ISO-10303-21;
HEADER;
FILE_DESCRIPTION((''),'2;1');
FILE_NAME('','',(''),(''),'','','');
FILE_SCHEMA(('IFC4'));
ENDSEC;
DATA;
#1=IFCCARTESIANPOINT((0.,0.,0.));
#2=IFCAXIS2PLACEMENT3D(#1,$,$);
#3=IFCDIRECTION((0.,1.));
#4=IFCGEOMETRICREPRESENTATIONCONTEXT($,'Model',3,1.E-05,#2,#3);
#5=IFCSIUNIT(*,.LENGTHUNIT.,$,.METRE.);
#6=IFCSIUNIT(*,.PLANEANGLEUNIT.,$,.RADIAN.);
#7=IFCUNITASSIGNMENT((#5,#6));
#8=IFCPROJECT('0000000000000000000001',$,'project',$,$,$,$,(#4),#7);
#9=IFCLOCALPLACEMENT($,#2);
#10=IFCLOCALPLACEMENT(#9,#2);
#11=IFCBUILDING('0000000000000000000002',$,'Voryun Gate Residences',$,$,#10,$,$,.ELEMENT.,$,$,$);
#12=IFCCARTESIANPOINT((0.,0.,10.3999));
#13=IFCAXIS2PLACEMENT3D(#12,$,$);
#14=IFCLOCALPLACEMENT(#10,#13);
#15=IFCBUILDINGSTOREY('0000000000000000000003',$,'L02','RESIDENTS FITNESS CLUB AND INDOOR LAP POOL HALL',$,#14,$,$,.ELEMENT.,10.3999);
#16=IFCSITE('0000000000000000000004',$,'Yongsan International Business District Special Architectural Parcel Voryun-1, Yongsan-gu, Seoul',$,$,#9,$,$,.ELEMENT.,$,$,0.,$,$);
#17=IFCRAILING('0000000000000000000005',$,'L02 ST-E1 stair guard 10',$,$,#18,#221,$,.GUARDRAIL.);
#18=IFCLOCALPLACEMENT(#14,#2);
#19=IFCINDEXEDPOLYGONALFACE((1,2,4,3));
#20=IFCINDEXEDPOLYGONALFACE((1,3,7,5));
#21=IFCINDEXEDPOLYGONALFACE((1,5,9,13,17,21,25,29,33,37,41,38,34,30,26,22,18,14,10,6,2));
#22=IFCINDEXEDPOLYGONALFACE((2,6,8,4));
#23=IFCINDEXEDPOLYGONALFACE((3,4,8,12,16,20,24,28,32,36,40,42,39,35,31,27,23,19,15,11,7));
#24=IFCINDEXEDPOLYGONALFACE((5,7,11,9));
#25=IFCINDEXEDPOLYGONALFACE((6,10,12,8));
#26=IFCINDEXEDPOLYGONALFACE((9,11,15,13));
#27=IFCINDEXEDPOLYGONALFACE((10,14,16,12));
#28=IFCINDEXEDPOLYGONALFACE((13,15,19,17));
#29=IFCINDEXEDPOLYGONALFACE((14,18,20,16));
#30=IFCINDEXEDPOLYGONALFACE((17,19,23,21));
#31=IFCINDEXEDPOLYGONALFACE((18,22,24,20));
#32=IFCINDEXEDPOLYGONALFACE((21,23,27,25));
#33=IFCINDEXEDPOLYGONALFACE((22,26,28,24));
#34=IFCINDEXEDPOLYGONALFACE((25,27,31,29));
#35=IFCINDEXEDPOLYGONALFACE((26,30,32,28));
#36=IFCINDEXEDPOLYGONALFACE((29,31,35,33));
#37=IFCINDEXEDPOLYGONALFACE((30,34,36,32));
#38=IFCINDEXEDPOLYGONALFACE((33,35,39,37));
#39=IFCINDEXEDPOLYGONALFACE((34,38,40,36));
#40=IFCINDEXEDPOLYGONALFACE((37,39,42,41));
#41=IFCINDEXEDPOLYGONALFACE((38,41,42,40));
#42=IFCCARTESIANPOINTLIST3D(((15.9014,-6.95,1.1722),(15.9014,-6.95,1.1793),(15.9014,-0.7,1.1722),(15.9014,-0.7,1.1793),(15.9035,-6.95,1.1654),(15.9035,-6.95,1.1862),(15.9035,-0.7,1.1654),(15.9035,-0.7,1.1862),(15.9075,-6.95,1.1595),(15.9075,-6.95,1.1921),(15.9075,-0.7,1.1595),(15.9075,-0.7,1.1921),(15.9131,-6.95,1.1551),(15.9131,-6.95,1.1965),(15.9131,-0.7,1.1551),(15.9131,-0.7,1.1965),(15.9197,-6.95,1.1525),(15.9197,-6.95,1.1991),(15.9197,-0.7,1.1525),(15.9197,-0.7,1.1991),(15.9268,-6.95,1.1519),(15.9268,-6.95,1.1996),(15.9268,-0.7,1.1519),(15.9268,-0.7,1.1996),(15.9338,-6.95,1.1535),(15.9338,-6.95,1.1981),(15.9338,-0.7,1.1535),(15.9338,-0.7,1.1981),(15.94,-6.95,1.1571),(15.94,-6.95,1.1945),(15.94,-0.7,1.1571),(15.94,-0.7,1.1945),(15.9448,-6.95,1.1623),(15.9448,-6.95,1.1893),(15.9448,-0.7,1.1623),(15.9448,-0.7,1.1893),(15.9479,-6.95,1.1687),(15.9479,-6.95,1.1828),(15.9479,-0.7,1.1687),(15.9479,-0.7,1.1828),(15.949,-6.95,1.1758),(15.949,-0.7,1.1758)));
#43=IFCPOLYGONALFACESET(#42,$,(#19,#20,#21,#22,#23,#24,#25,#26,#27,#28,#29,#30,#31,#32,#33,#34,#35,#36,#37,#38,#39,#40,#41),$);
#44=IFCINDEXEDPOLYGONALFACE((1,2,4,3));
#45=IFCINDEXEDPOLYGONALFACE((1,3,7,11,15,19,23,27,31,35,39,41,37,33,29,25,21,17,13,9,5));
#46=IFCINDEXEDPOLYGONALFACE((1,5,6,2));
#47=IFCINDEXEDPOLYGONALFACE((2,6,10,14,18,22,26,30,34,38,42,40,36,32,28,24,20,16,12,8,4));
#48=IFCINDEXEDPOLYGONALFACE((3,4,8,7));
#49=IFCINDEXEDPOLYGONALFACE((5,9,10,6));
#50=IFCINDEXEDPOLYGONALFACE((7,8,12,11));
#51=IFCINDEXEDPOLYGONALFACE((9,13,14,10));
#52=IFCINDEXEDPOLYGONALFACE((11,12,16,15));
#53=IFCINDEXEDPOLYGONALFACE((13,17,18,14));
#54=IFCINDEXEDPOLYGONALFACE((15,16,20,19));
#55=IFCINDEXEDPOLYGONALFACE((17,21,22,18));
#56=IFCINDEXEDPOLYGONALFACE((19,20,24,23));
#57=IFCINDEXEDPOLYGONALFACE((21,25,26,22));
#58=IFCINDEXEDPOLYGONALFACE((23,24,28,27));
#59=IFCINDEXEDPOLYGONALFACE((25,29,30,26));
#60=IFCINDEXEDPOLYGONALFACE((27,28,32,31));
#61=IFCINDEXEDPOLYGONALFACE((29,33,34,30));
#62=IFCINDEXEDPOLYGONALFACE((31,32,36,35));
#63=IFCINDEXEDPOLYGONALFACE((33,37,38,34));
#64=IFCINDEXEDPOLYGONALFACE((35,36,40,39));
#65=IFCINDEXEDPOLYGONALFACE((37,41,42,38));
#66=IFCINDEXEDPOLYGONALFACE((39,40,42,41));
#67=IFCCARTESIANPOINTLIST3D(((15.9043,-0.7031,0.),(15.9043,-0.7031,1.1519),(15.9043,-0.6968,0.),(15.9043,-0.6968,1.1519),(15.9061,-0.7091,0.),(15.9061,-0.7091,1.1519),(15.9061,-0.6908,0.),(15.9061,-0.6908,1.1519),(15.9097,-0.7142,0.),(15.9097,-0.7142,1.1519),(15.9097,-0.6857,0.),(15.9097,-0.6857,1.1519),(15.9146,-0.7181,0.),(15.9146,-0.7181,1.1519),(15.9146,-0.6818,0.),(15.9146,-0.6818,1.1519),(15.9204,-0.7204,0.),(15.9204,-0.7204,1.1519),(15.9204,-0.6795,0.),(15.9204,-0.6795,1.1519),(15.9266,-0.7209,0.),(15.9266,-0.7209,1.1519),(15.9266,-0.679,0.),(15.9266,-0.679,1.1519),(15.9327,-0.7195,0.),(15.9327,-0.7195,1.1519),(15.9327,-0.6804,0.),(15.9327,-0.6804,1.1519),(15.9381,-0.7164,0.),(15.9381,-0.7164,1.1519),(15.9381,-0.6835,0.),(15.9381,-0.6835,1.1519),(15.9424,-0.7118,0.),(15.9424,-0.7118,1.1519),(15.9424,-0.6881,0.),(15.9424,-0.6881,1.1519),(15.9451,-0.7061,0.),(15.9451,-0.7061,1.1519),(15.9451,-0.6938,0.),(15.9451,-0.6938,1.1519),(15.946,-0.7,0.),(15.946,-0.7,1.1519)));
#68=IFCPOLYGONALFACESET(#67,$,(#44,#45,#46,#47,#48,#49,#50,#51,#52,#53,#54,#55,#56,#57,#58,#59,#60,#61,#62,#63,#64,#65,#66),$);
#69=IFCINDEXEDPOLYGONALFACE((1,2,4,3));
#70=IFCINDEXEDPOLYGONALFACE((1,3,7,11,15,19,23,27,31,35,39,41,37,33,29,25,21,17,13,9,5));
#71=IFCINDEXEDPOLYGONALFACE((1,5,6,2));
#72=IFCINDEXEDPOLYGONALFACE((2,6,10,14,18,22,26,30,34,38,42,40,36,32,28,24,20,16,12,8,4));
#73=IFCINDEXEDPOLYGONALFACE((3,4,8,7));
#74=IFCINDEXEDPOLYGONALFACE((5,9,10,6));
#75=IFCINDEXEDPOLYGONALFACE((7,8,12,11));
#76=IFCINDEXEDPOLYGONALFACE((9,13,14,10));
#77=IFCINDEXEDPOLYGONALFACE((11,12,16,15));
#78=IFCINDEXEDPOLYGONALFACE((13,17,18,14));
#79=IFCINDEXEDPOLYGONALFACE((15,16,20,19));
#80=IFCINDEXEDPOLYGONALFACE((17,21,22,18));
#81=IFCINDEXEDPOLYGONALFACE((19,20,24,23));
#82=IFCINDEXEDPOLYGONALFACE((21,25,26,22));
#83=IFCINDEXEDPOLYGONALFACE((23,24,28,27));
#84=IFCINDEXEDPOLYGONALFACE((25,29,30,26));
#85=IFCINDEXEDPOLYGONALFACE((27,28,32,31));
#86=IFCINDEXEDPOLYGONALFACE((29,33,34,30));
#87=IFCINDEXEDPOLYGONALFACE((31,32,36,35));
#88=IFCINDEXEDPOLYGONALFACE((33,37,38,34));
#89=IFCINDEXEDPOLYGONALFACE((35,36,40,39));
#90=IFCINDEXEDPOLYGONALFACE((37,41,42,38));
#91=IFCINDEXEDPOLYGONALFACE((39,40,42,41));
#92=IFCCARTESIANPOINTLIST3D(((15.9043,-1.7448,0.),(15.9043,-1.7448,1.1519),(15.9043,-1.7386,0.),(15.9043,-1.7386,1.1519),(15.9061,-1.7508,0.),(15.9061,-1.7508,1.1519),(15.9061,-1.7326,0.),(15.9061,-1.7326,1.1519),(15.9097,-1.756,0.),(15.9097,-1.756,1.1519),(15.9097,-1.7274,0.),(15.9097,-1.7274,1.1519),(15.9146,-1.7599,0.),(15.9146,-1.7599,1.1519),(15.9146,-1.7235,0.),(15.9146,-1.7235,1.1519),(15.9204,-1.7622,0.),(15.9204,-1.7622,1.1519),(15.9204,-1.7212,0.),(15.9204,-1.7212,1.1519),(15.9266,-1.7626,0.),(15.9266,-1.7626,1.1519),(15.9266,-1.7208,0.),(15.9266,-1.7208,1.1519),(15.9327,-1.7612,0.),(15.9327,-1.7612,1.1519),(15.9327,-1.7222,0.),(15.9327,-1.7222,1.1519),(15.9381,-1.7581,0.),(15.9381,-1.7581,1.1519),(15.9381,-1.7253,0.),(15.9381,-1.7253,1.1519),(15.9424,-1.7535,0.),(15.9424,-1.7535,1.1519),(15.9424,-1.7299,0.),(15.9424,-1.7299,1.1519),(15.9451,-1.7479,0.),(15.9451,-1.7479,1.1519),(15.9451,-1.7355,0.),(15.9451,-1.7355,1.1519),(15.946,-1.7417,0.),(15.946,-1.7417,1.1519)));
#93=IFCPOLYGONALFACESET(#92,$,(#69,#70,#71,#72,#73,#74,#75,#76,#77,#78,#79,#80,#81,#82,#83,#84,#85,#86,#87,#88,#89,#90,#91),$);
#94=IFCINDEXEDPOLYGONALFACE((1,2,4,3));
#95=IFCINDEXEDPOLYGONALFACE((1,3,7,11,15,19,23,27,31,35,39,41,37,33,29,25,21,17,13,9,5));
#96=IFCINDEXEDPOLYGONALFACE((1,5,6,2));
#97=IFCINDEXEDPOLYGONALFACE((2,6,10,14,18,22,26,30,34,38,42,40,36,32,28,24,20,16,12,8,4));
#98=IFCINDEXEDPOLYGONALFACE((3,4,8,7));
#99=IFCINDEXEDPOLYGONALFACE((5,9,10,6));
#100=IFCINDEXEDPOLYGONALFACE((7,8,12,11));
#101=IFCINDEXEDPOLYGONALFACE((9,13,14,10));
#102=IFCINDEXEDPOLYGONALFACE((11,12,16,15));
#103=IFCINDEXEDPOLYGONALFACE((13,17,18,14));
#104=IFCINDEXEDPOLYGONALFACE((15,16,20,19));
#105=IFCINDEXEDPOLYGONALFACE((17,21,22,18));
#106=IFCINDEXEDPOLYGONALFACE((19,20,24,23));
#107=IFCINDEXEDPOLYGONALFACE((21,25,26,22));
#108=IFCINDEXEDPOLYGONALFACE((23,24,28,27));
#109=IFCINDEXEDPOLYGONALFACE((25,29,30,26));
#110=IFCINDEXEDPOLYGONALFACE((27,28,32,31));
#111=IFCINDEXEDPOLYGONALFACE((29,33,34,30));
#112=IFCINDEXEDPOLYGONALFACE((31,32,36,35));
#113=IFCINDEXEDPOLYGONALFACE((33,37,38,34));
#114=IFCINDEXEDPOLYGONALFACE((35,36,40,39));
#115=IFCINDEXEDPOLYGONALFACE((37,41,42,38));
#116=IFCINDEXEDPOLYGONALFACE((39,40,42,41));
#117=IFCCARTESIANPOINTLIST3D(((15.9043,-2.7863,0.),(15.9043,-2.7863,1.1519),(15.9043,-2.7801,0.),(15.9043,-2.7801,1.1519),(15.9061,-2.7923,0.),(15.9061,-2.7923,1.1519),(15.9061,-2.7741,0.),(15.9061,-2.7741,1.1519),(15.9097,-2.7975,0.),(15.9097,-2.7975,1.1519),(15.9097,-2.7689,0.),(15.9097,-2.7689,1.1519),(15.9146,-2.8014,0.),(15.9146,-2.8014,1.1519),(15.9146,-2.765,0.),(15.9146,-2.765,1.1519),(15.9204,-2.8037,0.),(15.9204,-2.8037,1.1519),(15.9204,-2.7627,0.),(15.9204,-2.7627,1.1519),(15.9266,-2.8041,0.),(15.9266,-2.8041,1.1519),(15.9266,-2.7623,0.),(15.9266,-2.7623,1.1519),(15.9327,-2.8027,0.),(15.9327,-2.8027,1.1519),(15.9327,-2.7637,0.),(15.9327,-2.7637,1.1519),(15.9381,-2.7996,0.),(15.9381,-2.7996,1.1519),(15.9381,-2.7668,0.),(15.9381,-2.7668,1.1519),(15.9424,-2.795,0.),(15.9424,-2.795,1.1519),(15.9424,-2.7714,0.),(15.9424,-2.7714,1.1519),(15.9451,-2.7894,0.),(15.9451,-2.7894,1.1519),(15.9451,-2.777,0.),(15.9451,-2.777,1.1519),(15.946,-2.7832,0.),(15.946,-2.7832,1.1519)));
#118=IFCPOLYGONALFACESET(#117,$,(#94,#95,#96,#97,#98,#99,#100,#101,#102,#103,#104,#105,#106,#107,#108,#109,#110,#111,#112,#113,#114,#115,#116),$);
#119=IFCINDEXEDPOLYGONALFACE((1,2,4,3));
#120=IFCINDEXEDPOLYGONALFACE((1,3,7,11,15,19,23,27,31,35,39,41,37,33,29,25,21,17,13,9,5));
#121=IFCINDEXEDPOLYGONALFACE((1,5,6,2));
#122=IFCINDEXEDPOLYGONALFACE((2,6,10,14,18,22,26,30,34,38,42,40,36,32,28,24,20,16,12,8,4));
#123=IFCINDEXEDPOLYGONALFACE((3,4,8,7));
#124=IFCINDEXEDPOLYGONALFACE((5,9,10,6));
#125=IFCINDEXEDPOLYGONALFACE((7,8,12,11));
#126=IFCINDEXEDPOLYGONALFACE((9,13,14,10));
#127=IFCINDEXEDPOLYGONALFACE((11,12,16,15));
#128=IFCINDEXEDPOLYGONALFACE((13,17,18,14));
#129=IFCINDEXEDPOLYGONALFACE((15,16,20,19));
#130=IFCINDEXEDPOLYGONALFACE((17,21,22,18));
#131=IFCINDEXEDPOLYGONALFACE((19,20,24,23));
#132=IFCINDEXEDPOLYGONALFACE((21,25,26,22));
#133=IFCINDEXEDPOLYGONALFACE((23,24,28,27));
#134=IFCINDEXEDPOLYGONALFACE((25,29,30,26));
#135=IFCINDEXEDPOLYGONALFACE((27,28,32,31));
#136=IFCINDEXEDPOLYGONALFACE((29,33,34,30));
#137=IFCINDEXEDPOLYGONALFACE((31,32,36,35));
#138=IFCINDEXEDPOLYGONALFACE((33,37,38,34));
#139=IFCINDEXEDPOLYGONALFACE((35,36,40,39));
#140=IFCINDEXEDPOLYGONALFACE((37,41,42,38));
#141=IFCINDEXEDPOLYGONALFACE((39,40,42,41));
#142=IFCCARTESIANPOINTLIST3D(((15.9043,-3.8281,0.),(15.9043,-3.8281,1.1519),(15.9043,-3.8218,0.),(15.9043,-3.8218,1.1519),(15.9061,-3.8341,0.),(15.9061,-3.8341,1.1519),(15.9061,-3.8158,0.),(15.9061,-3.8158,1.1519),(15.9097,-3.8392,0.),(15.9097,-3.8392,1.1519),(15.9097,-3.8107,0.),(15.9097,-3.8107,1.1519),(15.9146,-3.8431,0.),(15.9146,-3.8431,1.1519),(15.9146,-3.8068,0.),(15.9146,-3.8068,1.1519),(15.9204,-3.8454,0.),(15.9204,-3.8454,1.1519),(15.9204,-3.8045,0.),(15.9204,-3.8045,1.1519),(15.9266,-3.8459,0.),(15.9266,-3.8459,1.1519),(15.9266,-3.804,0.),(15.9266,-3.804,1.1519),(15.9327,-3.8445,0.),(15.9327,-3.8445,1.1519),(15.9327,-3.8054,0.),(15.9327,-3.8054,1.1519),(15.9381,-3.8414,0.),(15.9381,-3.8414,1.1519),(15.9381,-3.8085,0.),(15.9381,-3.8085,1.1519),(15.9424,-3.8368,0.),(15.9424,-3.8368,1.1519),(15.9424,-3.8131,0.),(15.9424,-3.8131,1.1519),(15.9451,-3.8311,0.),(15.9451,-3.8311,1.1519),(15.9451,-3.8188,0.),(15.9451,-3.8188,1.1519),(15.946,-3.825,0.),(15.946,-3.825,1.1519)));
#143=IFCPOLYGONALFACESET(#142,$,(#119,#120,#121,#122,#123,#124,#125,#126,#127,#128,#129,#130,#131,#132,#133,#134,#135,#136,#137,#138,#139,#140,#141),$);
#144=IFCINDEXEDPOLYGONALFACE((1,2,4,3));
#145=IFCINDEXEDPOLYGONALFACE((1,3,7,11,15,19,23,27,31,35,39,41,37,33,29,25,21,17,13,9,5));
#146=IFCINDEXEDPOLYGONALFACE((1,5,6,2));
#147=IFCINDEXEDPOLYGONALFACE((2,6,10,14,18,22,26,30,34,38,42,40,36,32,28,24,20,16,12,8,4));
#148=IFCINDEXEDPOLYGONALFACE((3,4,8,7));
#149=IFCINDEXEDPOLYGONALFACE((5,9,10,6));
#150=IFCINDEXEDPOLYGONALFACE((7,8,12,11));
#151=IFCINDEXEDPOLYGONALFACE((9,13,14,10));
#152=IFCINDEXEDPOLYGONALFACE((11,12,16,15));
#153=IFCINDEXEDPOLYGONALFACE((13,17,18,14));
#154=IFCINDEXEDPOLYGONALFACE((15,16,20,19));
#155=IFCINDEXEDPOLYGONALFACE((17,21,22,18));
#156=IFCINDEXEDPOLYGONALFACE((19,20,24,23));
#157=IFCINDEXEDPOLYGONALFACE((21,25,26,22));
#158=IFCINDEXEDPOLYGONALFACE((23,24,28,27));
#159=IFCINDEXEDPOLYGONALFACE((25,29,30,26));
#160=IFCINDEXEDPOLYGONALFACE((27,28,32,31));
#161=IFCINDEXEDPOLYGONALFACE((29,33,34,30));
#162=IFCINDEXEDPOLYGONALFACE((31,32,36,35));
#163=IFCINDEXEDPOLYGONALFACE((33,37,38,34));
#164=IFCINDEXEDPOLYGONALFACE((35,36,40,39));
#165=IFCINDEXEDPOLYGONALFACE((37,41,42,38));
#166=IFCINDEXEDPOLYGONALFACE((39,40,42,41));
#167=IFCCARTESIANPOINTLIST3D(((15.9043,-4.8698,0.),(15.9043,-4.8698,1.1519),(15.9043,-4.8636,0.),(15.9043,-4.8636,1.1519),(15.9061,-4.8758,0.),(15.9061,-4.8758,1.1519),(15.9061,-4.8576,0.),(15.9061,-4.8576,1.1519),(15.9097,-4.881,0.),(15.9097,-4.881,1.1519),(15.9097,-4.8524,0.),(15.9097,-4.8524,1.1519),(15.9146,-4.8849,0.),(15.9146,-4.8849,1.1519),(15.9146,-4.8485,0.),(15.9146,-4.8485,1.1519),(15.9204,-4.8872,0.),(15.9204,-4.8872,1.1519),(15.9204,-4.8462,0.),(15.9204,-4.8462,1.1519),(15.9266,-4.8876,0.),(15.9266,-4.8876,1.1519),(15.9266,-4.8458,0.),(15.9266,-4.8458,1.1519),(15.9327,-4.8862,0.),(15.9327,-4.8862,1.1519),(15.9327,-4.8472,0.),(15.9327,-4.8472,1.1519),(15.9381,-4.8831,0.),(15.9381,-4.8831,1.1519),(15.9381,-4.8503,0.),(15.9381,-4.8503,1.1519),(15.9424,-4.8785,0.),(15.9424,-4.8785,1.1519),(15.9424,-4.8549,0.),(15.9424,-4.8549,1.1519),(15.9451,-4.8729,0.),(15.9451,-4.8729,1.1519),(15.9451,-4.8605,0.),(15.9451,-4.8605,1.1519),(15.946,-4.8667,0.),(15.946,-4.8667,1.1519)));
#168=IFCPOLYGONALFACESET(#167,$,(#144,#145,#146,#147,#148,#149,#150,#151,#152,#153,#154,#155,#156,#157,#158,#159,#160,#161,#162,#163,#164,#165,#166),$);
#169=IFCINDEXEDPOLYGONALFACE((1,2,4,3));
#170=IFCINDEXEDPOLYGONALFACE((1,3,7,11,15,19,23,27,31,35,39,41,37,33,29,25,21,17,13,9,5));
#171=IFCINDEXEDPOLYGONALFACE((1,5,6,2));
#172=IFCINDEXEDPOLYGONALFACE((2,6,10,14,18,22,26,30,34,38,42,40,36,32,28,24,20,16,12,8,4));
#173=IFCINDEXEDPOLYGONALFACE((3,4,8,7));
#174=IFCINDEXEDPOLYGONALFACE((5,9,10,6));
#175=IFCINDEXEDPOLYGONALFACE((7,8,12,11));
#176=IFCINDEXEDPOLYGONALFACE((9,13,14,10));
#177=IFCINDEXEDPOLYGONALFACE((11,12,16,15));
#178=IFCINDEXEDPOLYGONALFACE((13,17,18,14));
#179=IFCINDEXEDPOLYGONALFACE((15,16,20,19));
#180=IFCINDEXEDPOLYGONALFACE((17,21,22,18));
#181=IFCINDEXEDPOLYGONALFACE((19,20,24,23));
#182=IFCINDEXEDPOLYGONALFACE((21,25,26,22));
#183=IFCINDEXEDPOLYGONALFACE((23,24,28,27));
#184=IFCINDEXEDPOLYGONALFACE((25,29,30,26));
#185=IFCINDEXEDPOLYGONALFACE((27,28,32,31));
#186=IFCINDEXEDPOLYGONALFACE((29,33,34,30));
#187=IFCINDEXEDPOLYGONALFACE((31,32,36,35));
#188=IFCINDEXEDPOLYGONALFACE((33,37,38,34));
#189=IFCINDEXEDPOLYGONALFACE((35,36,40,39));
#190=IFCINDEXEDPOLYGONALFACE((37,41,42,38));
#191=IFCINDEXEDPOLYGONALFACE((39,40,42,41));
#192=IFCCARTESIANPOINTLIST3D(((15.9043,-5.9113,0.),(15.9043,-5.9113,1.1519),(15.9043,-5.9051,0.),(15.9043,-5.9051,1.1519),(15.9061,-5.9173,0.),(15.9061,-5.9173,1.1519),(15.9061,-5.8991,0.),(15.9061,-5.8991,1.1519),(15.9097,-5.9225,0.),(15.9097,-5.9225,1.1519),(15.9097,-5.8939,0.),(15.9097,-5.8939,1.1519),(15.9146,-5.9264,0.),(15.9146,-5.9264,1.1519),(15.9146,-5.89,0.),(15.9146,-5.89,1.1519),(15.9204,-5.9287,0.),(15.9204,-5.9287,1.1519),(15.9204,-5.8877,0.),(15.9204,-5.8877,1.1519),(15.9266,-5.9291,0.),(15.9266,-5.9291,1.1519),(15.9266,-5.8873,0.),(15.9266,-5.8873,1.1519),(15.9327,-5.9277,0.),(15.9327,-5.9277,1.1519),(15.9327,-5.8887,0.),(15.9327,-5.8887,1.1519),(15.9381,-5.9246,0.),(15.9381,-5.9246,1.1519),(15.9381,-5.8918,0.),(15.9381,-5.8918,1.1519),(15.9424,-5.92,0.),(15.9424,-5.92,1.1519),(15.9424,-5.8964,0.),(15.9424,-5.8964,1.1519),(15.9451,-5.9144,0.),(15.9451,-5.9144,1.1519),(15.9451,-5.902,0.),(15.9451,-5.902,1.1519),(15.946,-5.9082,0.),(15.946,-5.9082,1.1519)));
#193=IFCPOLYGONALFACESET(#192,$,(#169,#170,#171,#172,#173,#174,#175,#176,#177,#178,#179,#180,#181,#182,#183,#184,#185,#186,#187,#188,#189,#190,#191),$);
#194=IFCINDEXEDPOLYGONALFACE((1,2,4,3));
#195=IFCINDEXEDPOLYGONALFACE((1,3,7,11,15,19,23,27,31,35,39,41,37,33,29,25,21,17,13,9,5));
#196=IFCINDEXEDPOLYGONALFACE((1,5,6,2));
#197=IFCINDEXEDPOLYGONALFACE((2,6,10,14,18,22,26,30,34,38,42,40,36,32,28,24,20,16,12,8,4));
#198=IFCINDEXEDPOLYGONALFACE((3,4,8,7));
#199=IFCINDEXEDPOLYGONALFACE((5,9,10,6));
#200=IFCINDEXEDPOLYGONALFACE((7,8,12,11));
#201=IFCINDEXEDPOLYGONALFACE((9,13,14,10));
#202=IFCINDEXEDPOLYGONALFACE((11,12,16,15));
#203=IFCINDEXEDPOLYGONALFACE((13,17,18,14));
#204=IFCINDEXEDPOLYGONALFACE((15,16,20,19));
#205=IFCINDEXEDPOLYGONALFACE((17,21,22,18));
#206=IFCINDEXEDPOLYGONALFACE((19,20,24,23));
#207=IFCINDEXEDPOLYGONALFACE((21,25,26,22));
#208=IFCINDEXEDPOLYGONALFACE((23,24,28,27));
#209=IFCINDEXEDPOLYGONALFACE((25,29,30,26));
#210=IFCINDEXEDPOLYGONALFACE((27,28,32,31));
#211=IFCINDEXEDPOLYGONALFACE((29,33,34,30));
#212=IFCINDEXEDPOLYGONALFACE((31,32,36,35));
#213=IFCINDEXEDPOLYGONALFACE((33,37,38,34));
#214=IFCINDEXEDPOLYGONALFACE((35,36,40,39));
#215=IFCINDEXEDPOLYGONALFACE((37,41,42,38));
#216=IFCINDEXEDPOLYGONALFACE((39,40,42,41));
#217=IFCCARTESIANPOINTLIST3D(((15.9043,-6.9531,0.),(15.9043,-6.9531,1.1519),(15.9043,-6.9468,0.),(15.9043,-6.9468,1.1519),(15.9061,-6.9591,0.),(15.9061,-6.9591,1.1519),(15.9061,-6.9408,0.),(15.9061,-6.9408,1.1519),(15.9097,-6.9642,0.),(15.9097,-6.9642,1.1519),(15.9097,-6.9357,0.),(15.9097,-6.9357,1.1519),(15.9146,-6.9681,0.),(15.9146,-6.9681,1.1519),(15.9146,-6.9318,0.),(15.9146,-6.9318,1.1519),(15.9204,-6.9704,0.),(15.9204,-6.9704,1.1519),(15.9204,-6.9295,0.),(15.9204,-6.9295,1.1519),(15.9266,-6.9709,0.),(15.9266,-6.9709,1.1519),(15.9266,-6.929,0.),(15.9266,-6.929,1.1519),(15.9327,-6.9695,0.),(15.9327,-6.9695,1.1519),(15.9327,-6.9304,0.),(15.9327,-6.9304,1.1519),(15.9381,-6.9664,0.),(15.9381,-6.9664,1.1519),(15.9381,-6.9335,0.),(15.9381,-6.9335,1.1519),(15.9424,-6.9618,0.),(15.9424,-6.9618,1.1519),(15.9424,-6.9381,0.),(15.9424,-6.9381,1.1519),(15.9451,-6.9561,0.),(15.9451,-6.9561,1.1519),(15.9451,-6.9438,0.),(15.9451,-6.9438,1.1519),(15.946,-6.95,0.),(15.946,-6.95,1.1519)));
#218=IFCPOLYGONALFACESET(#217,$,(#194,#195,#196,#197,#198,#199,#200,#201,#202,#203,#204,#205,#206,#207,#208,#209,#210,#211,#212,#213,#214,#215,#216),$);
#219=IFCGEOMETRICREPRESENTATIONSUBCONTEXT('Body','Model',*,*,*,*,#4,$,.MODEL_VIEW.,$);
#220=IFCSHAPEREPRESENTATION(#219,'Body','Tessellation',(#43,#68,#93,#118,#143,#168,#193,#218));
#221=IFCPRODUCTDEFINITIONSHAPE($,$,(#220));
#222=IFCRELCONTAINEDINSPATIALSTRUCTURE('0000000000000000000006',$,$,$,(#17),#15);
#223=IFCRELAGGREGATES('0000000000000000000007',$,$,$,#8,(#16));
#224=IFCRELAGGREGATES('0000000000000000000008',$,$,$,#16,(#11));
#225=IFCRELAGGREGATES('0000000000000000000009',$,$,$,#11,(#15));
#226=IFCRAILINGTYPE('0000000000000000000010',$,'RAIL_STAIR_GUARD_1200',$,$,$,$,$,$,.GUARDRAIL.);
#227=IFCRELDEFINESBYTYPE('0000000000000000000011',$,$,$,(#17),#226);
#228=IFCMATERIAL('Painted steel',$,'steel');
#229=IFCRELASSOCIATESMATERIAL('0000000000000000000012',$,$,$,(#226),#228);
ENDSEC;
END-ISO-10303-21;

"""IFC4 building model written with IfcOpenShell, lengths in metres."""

from ifc_helpers import new_model, si_unit, direction, frame, origin, origin_2d, place, context, subcontext, project, spatial, circle, extrude, material, type_object, element, save


model = new_model("IFC4")

# Units and contexts
model_context = context("Model", 3, precision=1e-05, world=origin(), true_north=direction((0.0, 1.0)))
body_context = subcontext(model_context, "Body", "Model", "MODEL_VIEW")
ifc_project = project(units=[si_unit("LENGTHUNIT", "METRE"), si_unit("PLANEANGLEUNIT", "RADIAN")], contexts=[model_context])

# Site, building, storey
site_placement = place(None, origin())
site = spatial("IfcSite", under=ifc_project, at=site_placement, Name="Yongsan International Business District Special Architectural Parcel Voryun-1, Yongsan-gu, Seoul", CompositionType="ELEMENT", RefElevation=0.0)
building_placement = place(site_placement, origin())
building = spatial("IfcBuilding", under=site, at=building_placement, Name="Voryun Gate Residences", CompositionType="ELEMENT")
storey_placement = place(building_placement, frame((0.0, 0.0, 10.3999)))
storey = spatial("IfcBuildingStorey", under=building, at=storey_placement, Name="L02", Description="RESIDENTS FITNESS CLUB AND INDOOR LAP POOL HALL", CompositionType="ELEMENT", Elevation=10.3999)

# Railing
ifc_material_1 = material(Name="Painted steel", Category="steel")
railing_type = type_object("IfcRailingType", Name="RAIL_STAIR_GUARD_1200", PredefinedType="GUARDRAIL", material=ifc_material_1)
railing_placement = place(storey_placement, frame((15.925, -0.7, 0.0)))
element("IfcRailing", 1, at=railing_placement, inside=storey, type_object=railing_type, Name="L02 ST-E1 stair guard 10", PredefinedType="GUARDRAIL", context=body_context, shape_type="SweptSolid", body=[
    extrude(circle(Radius=0.0239, at=origin_2d()), frame((0.0, 0.0, 1.1758), z_axis=(0.0, -1.0, 0.0), x_axis=(1.0, 0.0, 0.0)), (0.0, 0.0, 1.0), 6.25),
    extrude(circle(Radius=0.021, at=origin_2d()), origin(), (0.0, 0.0, 1.0), 1.1519),
    extrude(circle(Radius=0.021, at=origin_2d()), frame((0.0, -1.0417, 0.0)), (0.0, 0.0, 1.0), 1.1519),
    extrude(circle(Radius=0.021, at=origin_2d()), frame((0.0, -2.0833, 0.0)), (0.0, 0.0, 1.0), 1.1519),
    extrude(circle(Radius=0.021, at=origin_2d()), frame((0.0, -3.125, 0.0)), (0.0, 0.0, 1.0), 1.1519),
    extrude(circle(Radius=0.021, at=origin_2d()), frame((0.0, -4.1667, 0.0)), (0.0, 0.0, 1.0), 1.1519),
    extrude(circle(Radius=0.021, at=origin_2d()), frame((0.0, -5.2083, 0.0)), (0.0, 0.0, 1.0), 1.1519),
    extrude(circle(Radius=0.021, at=origin_2d()), frame((0.0, -6.25, 0.0)), (0.0, 0.0, 1.0), 1.1519),
])

save(model, "model.ifc")
